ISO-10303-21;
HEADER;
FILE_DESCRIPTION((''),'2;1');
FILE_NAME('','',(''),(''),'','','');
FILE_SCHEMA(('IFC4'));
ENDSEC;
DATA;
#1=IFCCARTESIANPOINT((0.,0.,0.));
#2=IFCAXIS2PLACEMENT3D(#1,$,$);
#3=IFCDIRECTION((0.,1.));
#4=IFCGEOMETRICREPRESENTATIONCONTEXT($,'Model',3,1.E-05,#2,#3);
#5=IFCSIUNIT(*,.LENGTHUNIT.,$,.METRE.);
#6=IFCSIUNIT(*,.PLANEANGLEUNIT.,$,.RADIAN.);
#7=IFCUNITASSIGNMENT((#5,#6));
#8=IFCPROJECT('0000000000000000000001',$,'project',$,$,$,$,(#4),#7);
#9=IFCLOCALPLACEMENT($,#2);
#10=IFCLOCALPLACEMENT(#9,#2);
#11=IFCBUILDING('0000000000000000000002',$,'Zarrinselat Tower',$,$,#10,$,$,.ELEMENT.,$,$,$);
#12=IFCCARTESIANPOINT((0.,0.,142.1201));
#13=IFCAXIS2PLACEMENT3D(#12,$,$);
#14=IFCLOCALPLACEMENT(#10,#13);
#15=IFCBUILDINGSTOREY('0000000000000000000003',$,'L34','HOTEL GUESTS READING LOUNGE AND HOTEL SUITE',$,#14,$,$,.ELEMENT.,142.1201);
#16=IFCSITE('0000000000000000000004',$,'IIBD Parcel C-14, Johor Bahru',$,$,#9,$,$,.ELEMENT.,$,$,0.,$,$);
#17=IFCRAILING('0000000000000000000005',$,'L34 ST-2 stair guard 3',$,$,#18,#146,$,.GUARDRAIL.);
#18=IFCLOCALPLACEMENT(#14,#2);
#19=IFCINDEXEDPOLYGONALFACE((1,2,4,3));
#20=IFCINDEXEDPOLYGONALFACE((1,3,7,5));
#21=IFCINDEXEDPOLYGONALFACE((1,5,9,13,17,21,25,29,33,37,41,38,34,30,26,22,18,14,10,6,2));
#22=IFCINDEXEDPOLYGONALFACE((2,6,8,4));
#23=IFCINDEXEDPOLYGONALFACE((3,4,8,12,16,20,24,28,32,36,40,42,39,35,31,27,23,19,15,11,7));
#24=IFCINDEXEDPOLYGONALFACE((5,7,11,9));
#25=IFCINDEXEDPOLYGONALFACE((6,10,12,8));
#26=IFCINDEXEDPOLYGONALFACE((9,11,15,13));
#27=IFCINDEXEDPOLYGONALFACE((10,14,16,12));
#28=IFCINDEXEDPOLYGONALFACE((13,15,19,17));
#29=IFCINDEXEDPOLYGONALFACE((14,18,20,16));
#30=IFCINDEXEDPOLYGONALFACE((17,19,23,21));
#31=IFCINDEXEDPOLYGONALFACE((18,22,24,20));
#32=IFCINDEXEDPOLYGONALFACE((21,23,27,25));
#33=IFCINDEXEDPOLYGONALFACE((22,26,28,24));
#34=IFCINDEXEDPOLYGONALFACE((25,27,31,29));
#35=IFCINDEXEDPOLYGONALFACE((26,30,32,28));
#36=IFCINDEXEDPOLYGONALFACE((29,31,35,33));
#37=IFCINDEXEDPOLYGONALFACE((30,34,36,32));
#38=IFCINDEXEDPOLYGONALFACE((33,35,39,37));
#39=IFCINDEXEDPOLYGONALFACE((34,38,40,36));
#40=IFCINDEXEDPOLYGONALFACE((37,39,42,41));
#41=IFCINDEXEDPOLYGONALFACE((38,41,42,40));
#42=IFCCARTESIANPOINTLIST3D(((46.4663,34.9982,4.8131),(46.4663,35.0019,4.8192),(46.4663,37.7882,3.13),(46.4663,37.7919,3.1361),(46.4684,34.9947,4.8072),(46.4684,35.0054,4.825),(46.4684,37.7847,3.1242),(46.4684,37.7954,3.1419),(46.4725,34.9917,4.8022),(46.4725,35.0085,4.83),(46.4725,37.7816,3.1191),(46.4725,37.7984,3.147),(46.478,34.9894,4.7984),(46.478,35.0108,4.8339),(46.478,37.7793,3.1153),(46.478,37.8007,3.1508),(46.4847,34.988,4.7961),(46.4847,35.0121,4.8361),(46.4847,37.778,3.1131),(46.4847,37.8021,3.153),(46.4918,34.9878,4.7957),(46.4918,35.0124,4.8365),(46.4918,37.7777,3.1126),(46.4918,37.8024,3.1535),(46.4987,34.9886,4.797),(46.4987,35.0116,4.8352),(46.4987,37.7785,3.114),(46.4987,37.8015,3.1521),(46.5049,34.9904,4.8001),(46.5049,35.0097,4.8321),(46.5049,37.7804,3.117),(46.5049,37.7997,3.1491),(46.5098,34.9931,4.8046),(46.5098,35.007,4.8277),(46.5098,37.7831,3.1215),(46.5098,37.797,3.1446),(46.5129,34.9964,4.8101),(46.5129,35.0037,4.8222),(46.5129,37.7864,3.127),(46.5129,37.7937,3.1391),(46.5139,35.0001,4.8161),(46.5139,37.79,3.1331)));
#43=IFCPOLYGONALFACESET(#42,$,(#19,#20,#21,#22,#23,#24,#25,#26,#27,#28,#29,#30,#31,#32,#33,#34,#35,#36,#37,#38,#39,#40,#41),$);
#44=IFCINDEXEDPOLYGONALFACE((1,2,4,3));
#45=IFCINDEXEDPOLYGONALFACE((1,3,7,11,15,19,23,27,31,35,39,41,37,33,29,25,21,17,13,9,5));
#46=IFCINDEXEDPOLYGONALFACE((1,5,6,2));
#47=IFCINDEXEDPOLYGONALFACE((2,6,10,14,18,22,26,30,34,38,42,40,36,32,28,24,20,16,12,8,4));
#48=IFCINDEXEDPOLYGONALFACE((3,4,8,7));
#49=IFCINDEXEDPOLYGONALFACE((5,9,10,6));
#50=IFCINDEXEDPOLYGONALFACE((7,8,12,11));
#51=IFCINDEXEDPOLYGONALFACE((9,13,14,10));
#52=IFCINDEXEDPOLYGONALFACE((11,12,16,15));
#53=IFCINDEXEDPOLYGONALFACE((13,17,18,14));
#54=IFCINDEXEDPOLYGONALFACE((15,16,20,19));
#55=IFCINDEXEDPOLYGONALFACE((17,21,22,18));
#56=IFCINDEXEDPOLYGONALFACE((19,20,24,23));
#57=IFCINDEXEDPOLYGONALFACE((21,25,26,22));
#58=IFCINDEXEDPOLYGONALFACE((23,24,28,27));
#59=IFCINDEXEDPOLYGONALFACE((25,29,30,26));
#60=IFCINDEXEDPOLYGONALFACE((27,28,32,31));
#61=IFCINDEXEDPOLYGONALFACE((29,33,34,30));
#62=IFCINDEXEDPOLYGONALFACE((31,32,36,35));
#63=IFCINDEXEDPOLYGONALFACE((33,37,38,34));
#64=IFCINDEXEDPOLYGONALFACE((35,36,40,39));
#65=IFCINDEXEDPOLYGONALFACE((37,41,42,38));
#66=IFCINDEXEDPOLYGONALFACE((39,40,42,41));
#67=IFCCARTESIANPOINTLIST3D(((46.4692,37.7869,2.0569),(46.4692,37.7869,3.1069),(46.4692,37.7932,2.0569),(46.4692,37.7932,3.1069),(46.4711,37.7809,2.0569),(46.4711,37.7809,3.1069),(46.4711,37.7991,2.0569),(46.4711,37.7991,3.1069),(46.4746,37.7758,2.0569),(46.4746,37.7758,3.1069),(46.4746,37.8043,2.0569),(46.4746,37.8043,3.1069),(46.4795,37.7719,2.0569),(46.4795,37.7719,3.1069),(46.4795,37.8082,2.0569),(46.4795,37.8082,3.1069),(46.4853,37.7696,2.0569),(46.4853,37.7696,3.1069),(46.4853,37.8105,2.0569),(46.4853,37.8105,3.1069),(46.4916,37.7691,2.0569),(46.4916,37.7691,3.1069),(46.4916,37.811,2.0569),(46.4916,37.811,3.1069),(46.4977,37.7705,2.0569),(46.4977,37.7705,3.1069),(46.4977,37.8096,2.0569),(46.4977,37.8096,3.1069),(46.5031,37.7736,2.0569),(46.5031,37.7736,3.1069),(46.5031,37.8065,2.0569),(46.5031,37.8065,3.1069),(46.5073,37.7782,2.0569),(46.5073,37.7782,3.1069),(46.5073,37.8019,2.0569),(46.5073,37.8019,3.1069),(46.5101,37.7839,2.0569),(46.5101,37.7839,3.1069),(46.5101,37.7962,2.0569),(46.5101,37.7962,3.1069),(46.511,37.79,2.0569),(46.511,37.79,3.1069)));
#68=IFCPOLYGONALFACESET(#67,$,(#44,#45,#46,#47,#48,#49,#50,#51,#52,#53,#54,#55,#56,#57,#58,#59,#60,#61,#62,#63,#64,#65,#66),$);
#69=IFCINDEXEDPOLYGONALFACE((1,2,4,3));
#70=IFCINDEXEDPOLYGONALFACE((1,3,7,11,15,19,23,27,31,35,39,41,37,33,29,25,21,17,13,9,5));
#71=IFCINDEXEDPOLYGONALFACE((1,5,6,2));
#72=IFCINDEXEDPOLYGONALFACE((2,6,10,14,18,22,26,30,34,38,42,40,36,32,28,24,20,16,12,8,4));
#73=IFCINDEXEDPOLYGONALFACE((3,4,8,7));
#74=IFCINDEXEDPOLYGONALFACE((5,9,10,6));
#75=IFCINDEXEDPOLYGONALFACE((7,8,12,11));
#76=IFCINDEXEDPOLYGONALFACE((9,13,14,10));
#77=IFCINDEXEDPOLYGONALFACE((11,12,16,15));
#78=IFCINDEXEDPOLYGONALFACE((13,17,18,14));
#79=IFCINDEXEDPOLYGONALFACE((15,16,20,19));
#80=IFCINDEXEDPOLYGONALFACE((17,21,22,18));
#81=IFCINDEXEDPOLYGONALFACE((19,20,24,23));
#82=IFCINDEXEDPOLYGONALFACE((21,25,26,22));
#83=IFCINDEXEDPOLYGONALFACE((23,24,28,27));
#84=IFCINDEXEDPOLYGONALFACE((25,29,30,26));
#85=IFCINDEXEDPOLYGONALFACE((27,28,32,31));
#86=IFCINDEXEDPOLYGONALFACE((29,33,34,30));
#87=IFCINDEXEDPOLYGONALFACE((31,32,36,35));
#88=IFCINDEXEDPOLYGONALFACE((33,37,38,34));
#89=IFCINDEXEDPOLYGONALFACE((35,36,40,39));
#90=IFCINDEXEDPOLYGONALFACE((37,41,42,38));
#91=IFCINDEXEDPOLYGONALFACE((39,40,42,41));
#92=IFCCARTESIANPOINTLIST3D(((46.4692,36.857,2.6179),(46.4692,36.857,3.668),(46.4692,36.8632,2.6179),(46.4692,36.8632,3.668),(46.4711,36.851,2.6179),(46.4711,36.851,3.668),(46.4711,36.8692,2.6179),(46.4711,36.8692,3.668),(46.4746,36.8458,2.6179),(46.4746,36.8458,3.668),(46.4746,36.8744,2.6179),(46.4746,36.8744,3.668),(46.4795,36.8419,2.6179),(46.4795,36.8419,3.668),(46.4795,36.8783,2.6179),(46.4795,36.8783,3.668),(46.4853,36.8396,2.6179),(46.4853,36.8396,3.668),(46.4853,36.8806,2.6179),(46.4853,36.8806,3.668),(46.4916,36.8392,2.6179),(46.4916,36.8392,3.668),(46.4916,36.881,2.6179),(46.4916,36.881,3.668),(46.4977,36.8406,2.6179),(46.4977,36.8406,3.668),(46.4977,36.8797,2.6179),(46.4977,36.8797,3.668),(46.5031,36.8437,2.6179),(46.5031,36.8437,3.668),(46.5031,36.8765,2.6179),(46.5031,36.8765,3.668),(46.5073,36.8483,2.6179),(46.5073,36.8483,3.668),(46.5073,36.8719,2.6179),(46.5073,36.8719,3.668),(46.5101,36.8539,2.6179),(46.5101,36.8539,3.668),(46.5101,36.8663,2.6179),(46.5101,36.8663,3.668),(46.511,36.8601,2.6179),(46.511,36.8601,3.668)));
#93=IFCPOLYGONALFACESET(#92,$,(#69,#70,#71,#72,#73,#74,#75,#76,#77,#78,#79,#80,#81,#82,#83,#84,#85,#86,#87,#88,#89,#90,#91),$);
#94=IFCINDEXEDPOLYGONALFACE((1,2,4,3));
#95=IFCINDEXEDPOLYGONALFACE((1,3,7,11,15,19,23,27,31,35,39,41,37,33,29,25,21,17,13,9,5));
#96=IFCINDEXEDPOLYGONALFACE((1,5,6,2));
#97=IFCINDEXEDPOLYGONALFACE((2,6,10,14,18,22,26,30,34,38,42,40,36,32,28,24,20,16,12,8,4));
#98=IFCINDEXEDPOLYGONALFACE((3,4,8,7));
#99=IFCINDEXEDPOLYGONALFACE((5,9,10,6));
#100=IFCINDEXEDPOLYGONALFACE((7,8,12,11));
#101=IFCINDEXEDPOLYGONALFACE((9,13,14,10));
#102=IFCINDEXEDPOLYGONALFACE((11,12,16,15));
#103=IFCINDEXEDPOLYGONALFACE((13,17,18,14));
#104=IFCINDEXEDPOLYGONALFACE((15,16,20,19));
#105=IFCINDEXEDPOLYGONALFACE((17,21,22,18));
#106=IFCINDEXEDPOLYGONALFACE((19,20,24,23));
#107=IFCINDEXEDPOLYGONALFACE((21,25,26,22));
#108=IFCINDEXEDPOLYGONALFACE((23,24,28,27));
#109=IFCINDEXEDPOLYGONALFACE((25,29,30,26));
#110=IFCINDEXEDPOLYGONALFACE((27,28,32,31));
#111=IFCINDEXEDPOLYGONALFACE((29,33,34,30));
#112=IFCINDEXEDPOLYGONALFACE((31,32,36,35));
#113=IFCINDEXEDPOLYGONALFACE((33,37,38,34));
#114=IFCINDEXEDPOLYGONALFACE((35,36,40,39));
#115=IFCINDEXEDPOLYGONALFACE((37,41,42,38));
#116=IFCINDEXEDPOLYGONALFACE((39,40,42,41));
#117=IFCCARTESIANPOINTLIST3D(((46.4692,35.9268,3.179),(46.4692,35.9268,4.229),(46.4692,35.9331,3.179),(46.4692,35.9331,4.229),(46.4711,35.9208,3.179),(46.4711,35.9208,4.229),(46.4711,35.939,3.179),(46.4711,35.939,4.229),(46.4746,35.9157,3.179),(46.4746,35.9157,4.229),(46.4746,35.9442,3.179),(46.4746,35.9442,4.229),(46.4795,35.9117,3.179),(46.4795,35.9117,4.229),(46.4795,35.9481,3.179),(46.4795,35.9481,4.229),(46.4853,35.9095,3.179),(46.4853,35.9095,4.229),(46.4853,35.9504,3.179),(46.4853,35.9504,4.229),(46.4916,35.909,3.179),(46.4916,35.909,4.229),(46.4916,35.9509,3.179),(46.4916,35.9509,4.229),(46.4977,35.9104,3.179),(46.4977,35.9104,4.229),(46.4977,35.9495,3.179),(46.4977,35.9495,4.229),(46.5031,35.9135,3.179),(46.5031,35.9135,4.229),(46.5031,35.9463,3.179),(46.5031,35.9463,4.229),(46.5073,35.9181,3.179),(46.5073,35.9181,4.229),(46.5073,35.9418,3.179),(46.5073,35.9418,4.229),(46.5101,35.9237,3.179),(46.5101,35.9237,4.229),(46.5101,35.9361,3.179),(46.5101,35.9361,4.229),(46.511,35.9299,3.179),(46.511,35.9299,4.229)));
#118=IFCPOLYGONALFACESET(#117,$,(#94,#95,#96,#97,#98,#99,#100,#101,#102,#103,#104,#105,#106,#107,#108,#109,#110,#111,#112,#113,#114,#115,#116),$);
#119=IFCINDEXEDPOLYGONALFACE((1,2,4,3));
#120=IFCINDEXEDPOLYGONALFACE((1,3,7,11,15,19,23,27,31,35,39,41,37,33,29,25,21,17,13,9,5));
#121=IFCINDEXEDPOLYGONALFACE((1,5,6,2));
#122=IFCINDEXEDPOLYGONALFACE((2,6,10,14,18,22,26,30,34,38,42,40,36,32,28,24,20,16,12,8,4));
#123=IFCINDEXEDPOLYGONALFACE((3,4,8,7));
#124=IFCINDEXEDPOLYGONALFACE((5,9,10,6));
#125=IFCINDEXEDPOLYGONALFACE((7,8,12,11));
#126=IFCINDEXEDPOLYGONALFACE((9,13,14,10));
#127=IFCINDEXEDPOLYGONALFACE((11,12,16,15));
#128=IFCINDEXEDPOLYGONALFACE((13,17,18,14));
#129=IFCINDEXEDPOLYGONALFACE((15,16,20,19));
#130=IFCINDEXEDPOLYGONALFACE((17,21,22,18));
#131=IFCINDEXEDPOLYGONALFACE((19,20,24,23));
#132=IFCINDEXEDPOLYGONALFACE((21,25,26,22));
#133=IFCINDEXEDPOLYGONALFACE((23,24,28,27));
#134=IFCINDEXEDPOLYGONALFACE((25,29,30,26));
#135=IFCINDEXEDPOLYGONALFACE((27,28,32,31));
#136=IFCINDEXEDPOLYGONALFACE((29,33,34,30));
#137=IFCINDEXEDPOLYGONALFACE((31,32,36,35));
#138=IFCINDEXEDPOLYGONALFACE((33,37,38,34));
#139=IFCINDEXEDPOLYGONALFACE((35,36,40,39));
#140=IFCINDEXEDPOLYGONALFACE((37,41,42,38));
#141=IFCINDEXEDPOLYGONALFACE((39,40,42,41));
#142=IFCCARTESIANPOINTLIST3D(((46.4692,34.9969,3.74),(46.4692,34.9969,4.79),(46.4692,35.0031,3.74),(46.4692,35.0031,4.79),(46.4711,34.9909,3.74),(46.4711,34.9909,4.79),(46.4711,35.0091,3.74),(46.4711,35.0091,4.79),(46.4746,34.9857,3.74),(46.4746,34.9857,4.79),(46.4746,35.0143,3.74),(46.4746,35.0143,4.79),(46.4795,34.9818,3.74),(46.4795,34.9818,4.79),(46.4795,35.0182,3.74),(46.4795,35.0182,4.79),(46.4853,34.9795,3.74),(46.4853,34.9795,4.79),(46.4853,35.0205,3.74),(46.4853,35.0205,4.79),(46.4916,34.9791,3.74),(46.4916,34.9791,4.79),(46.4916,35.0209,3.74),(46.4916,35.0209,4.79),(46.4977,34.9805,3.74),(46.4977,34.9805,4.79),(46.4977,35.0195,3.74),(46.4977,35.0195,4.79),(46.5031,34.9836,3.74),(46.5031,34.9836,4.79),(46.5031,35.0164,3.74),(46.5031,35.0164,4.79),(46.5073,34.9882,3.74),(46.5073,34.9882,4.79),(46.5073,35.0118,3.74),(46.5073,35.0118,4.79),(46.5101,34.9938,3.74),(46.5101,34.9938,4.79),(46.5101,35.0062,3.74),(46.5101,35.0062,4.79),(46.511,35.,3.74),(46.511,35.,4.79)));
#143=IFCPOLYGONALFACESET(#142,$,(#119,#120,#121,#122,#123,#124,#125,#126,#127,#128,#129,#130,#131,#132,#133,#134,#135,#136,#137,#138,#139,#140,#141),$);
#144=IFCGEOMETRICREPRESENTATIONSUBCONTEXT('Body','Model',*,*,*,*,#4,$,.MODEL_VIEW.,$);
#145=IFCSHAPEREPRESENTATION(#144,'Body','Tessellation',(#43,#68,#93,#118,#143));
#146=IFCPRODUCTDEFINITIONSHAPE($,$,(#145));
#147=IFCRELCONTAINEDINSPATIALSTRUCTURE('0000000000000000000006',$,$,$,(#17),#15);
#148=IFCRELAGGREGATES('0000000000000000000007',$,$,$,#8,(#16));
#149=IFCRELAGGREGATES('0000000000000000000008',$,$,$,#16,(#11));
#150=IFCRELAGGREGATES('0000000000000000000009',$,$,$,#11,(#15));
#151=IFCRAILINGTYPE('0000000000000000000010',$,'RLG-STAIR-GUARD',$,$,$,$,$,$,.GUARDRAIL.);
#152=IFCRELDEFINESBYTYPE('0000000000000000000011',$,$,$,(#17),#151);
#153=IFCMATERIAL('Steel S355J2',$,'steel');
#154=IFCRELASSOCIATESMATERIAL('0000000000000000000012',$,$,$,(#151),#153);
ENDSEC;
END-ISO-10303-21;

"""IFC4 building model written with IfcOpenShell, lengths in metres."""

from ifc_helpers import new_model, si_unit, direction, frame, origin, origin_2d, place, context, subcontext, project, spatial, circle, extrude, material, type_object, element, save


model = new_model("IFC4")

# Units and contexts
model_context = context("Model", 3, precision=1e-05, world=origin(), true_north=direction((0.0, 1.0)))
body_context = subcontext(model_context, "Body", "Model", "MODEL_VIEW")
ifc_project = project(units=[si_unit("LENGTHUNIT", "METRE"), si_unit("PLANEANGLEUNIT", "RADIAN")], contexts=[model_context])

# Site, building, storey
site_placement = place(None, origin())
site = spatial("IfcSite", under=ifc_project, at=site_placement, Name="IIBD Parcel C-14, Johor Bahru", CompositionType="ELEMENT", RefElevation=0.0)
building_placement = place(site_placement, origin())
building = spatial("IfcBuilding", under=site, at=building_placement, Name="Zarrinselat Tower", CompositionType="ELEMENT")
storey_placement = place(building_placement, frame((0.0, 0.0, 142.1201)))
storey = spatial("IfcBuildingStorey", under=building, at=storey_placement, Name="L34", Description="HOTEL GUESTS READING LOUNGE AND HOTEL SUITE", CompositionType="ELEMENT", Elevation=142.1201)

# Railing
ifc_material_1 = material(Name="Steel S355J2", Category="steel")
railing_type_1 = type_object("IfcRailingType", Name="RLG-STAIR-GUARD", PredefinedType="GUARDRAIL", material=ifc_material_1)
railing_1_placement = place(storey_placement, frame((46.49, 37.79, 2.0569)))
element("IfcRailing", 1, at=railing_1_placement, inside=storey, type_object=railing_type_1, Name="L34 ST-2 stair guard 3", PredefinedType="GUARDRAIL", context=body_context, shape_type="SweptSolid", body=[
    extrude(circle(Radius=0.0239, at=origin_2d()), frame((0.0, 0.0, 1.0762), z_axis=(0.0, -0.856261, 0.516544), x_axis=(1.0, 0.0, 0.0)), (0.0, 0.0, 1.0), 3.2583),
    extrude(circle(Radius=0.021, at=origin_2d()), origin(), (0.0, 0.0, 1.0), 1.05),
    extrude(circle(Radius=0.021, at=origin_2d()), frame((0.0, -0.9299, 0.561)), (0.0, 0.0, 1.0), 1.05),
    extrude(circle(Radius=0.021, at=origin_2d()), frame((0.0, -1.8601, 1.1221)), (0.0, 0.0, 1.0), 1.05),
    extrude(circle(Radius=0.021, at=origin_2d()), frame((0.0, -2.79, 1.6831)), (0.0, 0.0, 1.0), 1.05),
])

save(model, "model.ifc")
